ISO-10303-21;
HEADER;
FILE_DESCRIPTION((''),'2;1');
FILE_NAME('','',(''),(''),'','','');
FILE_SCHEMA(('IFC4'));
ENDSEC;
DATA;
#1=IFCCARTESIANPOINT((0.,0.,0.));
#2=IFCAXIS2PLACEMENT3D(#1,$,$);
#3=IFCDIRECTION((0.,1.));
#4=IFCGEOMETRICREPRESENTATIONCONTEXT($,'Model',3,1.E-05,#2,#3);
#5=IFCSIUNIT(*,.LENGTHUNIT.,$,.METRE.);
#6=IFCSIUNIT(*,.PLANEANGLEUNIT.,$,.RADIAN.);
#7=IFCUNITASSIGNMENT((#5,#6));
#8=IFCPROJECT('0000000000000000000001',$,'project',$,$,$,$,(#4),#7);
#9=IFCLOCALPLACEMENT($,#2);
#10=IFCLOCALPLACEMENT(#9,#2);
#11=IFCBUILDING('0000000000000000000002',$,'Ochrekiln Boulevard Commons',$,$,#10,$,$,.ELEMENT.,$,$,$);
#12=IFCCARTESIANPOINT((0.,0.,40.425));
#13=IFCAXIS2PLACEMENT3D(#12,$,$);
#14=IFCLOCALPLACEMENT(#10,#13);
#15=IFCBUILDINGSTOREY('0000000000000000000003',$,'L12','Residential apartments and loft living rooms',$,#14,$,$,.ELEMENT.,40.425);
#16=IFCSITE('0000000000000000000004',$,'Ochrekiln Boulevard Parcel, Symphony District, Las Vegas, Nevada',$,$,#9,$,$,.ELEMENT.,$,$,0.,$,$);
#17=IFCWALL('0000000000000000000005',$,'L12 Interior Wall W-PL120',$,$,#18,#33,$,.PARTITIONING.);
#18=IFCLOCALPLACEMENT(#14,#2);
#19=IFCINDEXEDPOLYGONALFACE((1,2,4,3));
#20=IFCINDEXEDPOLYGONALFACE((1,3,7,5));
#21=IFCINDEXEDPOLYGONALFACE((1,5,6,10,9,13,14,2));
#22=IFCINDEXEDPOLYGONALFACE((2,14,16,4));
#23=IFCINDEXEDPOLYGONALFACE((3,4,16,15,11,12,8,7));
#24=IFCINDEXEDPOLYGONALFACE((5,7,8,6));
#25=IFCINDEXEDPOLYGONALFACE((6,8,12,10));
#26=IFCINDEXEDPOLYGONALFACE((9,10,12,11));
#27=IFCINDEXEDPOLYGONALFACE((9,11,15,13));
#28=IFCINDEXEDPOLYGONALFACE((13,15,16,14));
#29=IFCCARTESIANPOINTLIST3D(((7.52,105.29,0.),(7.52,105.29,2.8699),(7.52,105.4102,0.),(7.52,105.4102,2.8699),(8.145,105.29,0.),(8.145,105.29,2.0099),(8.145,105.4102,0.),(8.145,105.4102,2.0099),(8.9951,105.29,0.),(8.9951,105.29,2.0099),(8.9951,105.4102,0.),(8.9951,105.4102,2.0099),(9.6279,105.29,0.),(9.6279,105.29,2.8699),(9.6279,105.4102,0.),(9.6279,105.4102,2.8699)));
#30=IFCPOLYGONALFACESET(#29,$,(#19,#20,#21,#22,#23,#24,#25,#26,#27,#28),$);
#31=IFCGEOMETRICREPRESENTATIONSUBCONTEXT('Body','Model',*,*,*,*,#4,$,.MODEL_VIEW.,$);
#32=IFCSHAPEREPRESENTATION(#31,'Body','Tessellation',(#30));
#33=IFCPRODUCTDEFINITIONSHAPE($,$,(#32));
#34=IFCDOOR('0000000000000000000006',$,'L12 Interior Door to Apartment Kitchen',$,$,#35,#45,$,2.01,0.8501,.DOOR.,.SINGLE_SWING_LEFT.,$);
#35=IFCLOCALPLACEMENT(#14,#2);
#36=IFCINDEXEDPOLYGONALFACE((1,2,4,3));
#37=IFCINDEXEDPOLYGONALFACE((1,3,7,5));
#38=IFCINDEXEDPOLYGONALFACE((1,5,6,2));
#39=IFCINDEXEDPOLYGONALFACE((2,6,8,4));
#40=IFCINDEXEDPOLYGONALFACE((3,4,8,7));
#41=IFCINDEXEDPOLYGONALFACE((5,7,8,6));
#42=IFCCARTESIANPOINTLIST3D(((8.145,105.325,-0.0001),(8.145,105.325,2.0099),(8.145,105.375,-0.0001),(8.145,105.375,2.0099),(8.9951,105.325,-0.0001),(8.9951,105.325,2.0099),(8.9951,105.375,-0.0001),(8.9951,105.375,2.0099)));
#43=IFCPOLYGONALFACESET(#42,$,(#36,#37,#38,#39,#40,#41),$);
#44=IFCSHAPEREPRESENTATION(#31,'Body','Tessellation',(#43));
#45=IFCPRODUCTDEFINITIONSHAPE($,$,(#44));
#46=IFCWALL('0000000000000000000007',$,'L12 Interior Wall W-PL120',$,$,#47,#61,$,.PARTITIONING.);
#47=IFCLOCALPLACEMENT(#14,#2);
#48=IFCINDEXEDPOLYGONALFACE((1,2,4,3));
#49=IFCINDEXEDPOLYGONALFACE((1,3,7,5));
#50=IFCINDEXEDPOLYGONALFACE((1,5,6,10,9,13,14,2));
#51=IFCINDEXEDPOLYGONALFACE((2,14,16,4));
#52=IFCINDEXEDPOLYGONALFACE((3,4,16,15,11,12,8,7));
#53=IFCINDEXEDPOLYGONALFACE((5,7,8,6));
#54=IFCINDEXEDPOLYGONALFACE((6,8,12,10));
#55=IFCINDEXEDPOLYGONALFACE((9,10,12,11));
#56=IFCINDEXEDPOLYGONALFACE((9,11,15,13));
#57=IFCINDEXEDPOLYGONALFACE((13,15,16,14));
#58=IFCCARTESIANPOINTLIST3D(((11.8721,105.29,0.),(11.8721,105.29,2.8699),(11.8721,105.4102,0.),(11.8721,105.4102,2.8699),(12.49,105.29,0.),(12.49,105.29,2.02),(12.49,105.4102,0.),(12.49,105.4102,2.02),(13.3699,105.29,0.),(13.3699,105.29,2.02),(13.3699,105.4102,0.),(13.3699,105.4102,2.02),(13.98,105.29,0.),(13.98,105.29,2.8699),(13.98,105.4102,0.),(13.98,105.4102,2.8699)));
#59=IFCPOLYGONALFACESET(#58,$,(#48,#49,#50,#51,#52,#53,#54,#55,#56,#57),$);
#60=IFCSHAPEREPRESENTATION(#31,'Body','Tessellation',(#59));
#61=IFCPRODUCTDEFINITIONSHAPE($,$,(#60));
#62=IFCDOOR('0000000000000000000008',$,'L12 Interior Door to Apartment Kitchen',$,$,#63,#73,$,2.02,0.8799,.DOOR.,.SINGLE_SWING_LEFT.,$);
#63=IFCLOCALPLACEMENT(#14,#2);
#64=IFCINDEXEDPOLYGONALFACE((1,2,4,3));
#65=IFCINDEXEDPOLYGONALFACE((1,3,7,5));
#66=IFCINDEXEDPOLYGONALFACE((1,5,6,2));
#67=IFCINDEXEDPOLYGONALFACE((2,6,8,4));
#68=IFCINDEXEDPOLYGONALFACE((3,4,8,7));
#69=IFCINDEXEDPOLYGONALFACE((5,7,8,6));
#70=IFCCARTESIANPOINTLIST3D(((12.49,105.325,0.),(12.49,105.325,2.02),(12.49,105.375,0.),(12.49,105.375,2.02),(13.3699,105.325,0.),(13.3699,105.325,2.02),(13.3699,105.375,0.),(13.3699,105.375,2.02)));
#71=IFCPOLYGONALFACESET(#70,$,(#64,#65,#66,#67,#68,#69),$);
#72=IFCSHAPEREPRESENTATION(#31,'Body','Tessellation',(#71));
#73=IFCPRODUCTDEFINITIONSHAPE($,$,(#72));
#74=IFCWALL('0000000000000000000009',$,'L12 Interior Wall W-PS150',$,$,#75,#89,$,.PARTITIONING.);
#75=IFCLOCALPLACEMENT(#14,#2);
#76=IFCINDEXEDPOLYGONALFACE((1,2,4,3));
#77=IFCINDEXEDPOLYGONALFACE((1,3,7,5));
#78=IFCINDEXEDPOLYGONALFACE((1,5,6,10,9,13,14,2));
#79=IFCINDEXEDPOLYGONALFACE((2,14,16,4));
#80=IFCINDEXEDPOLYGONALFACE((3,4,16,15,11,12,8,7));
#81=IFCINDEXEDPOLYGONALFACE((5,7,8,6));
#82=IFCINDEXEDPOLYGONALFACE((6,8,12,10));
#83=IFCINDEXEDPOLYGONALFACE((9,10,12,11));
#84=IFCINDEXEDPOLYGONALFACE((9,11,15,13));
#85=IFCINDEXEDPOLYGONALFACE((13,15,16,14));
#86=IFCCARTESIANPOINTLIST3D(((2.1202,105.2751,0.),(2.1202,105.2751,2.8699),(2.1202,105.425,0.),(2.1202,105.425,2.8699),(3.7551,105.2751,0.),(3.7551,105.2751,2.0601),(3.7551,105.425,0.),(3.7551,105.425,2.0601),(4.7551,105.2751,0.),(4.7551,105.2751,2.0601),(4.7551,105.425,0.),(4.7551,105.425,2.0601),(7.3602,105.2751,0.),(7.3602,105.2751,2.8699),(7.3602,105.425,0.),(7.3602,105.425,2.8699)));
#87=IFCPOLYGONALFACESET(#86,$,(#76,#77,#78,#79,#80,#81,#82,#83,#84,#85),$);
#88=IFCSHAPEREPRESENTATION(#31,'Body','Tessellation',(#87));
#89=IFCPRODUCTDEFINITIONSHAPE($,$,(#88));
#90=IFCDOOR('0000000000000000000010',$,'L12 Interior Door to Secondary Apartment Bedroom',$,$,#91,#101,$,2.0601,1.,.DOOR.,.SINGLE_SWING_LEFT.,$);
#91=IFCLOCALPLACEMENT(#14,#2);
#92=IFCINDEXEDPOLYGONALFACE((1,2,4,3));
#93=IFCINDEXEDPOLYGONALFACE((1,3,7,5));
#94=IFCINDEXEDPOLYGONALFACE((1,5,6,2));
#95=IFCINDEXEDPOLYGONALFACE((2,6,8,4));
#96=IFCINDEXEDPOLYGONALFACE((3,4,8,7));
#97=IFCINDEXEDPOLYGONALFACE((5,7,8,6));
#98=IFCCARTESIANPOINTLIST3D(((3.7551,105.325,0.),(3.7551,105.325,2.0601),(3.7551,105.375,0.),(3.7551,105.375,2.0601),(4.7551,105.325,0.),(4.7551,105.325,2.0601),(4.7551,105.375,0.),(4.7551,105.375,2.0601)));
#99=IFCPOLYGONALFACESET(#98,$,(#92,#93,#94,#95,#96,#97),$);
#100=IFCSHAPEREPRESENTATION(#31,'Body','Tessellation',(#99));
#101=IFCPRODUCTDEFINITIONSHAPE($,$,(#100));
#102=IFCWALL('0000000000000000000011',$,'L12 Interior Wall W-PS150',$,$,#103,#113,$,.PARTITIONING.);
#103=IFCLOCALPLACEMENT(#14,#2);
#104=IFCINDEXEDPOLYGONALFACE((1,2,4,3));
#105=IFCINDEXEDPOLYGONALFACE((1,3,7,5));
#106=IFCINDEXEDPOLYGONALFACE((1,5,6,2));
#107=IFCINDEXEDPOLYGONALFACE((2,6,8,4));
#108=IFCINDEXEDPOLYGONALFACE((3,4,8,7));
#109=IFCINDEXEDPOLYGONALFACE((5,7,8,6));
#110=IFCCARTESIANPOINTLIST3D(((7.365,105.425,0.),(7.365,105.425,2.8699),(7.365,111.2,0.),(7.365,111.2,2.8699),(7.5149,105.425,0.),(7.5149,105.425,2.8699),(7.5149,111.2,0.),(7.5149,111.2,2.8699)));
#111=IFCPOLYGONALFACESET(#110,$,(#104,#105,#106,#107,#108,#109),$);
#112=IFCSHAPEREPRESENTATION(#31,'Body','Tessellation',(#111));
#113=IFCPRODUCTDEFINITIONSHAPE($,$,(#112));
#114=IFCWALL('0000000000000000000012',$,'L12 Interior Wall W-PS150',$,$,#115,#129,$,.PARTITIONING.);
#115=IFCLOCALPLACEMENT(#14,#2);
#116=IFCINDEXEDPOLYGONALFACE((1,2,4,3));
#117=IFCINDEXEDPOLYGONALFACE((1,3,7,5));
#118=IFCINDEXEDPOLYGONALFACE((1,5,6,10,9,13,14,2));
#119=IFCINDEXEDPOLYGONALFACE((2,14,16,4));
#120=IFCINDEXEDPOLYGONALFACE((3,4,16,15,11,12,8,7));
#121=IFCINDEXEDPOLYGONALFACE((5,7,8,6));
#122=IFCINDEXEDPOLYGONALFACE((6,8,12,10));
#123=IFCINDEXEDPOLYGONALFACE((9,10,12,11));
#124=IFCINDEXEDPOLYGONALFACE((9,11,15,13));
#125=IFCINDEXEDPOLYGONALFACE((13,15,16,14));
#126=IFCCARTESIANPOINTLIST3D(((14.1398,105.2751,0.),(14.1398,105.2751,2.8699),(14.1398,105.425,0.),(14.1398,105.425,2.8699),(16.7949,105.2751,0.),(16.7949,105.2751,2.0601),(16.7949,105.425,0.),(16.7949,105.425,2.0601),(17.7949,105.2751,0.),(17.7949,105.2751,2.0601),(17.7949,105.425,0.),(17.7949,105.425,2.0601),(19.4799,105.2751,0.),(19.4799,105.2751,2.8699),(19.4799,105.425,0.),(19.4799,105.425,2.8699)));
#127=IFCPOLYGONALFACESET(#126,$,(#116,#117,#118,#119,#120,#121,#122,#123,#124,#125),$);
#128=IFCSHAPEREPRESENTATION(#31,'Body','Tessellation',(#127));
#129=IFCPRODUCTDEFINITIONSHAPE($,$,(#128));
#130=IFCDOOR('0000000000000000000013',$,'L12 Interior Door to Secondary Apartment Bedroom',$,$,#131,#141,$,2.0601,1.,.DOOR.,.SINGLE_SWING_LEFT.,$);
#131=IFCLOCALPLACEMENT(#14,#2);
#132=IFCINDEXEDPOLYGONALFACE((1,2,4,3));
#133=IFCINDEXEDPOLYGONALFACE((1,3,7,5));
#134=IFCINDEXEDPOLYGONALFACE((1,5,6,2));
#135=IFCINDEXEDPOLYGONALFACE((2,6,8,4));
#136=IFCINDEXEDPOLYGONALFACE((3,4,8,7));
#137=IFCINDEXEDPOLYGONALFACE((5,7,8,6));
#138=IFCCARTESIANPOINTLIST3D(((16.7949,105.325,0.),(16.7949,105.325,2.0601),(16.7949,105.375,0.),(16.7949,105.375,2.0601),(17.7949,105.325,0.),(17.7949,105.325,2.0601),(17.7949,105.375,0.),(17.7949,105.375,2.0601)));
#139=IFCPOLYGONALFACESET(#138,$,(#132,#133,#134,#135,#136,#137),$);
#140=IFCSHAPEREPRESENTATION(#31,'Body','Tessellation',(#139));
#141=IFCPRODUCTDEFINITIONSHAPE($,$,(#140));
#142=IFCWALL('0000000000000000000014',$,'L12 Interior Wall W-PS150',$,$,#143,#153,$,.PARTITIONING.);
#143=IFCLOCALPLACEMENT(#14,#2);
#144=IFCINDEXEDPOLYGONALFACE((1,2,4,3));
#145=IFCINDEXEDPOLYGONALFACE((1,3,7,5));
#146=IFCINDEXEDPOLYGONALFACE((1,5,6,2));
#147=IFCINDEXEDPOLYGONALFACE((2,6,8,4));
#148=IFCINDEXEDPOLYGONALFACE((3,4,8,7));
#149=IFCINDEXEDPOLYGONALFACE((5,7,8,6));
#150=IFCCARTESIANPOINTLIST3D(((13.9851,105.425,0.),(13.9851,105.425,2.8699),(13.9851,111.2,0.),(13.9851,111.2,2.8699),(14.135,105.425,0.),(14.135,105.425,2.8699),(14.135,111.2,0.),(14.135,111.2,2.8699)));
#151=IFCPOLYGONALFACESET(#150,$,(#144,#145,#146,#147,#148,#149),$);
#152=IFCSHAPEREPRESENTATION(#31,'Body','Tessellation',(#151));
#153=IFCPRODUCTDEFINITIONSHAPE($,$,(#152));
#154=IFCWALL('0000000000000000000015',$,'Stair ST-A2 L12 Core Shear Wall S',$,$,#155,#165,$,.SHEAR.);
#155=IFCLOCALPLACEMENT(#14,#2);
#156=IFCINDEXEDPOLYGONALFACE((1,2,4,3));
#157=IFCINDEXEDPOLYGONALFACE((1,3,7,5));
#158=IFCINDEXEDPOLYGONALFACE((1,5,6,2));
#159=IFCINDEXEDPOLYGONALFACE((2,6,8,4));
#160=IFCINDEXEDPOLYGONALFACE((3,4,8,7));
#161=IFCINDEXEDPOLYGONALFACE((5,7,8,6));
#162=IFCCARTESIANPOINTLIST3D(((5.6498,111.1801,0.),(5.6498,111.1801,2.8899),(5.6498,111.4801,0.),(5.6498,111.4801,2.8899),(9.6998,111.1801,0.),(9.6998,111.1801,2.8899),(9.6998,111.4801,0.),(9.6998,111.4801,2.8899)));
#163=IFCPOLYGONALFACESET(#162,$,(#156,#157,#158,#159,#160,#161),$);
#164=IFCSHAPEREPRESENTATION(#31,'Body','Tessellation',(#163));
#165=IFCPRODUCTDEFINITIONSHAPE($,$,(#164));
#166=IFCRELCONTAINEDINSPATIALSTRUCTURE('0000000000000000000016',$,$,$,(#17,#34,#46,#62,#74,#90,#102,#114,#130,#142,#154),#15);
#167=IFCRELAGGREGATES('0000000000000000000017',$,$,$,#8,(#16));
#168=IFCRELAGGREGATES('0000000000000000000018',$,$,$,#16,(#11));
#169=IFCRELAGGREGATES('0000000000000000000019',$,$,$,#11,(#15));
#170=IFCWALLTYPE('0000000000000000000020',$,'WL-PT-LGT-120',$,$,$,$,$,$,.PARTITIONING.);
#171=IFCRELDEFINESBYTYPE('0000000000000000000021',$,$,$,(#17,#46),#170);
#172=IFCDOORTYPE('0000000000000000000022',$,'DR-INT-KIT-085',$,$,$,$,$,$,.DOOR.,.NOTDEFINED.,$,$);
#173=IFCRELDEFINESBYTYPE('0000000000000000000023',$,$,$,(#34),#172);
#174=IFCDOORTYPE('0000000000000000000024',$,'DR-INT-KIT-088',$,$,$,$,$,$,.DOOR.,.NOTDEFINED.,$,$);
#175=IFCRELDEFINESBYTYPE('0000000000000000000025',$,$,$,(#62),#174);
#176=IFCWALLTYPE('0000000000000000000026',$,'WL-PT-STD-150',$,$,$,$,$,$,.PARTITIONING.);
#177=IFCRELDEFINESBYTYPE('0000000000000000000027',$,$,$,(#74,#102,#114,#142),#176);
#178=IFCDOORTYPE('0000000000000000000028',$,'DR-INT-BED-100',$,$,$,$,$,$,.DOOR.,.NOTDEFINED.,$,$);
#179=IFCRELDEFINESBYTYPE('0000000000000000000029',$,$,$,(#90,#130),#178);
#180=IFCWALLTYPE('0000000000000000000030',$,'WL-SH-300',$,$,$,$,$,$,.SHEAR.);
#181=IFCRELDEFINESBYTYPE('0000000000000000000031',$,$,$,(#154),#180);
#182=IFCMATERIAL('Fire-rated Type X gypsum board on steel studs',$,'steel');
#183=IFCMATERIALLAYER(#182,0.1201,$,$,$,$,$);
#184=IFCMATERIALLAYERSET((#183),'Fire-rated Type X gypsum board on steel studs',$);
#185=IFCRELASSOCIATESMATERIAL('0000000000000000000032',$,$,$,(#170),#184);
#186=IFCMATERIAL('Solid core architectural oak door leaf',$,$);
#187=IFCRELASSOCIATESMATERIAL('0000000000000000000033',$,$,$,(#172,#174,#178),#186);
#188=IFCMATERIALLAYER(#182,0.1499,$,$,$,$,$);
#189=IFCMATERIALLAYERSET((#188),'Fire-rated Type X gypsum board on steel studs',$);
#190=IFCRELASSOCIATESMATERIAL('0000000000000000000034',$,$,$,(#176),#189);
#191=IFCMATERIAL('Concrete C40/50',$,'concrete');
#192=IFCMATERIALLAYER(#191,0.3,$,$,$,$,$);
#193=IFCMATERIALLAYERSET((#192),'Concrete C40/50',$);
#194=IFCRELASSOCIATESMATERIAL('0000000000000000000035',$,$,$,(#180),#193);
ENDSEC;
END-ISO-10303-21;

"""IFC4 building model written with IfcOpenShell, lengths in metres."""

from ifc_helpers import new_model, si_unit, direction, frame, frame_2d, origin, place, context, subcontext, project, spatial, rectangle, extrude, material, layer, layer_set, type_object, element, fill, save


model = new_model("IFC4")

# Units and contexts
model_context = context("Model", 3, precision=1e-05, world=origin(), true_north=direction((0.0, 1.0)))
body_context = subcontext(model_context, "Body", "Model", "MODEL_VIEW")
ifc_project = project(units=[si_unit("LENGTHUNIT", "METRE"), si_unit("PLANEANGLEUNIT", "RADIAN")], contexts=[model_context])

# Site, building, storey
site_placement = place(None, origin())
site = spatial("IfcSite", under=ifc_project, at=site_placement, Name="Ochrekiln Boulevard Parcel, Symphony District, Las Vegas, Nevada", CompositionType="ELEMENT", RefElevation=0.0)
building_placement = place(site_placement, origin())
building = spatial("IfcBuilding", under=site, at=building_placement, Name="Ochrekiln Boulevard Commons", CompositionType="ELEMENT")
storey_placement = place(building_placement, frame((0.0, 0.0, 40.425)))
storey = spatial("IfcBuildingStorey", under=building, at=storey_placement, Name="L12", Description="Residential apartments and loft living rooms", CompositionType="ELEMENT", Elevation=40.425)

# Shared definitions
ifc_material_1 = material(Name="Concrete C40/50", Category="concrete")

# Shared definitions
ifc_material_2 = material(Name="Fire-rated Type X gypsum board on steel studs", Category="steel")

# Walls, openings, doors
ifc_layer_1 = layer(ifc_material_2, 0.1201)
ifc_layer_set_1 = layer_set([ifc_layer_1], Name="Fire-rated Type X gypsum board on steel studs")
wall_type_1 = type_object("IfcWallType", Name="WL-PT-LGT-120", PredefinedType="PARTITIONING", material=ifc_layer_set_1)
wall_1_placement = place(storey_placement, frame((7.52, 105.3501, 0.0), z_axis=(0.0, 0.0, 1.0), x_axis=(1.0, 0.0, 0.0)))
wall_1 = element("IfcWall", 1, at=wall_1_placement, inside=storey, type_object=wall_type_1, Name="L12 Interior Wall W-PL120", PredefinedType="PARTITIONING", context=body_context, shape_type="SweptSolid", body=[
    extrude(rectangle(XDim=2.1079, YDim=0.1201, at=frame_2d((1.054, 0.0))), origin(), (0.0, 0.0, 1.0), 2.8699),
])
opening_1_placement = place(wall_1_placement, frame((0.625, 0.0, 0.0)))
opening_1 = element("IfcOpeningElement", 2, at=opening_1_placement, cuts=wall_1, PredefinedType="OPENING", context=body_context, shape_type="SweptSolid", body=[
    extrude(rectangle(XDim=0.8501, YDim=2.01, at=frame_2d((0.425, 1.0049))), frame((0.0, 0.0701, 0.0), z_axis=(0.0, -1.0, 0.0), x_axis=(1.0, 0.0, 0.0)), (0.0, 0.0, 1.0), 0.1401),
])
ifc_material_3 = material(Name="Solid core architectural oak door leaf")
door_type_1 = type_object("IfcDoorType", Name="DR-INT-KIT-085", OperationType="NOTDEFINED", PredefinedType="DOOR", material=ifc_material_3)
door_1_placement = place(opening_1_placement, origin())
door_1 = element("IfcDoor", 3, at=door_1_placement, inside=storey, type_object=door_type_1, Name="L12 Interior Door to Apartment Kitchen", OperationType="SINGLE_SWING_LEFT", OverallHeight=2.01, OverallWidth=0.8501, PredefinedType="DOOR", context=body_context, shape_type="SweptSolid", body=[
    extrude(rectangle(XDim=0.8501, YDim=2.01, at=frame_2d((0.425, 1.0049))), frame((0.0, 0.0249, 0.0), z_axis=(0.0, -1.0, 0.0), x_axis=(1.0, 0.0, 0.0)), (0.0, 0.0, 1.0), 0.05),
])
fill(opening_1, door_1)
wall_2_placement = place(storey_placement, frame((11.8721, 105.3501, 0.0), z_axis=(0.0, 0.0, 1.0), x_axis=(1.0, 0.0, 0.0)))
wall_2 = element("IfcWall", 4, at=wall_2_placement, inside=storey, type_object=wall_type_1, Name="L12 Interior Wall W-PL120", PredefinedType="PARTITIONING", context=body_context, shape_type="SweptSolid", body=[
    extrude(rectangle(XDim=2.1079, YDim=0.1201, at=frame_2d((1.054, 0.0))), origin(), (0.0, 0.0, 1.0), 2.8699),
])
opening_2_placement = place(wall_2_placement, frame((0.6179, 0.0, 0.0)))
opening_2 = element("IfcOpeningElement", 5, at=opening_2_placement, cuts=wall_2, PredefinedType="OPENING", context=body_context, shape_type="SweptSolid", body=[
    extrude(rectangle(XDim=0.8799, YDim=2.02, at=frame_2d((0.4399, 1.01))), frame((0.0, 0.0701, 0.0), z_axis=(0.0, -1.0, 0.0), x_axis=(1.0, 0.0, 0.0)), (0.0, 0.0, 1.0), 0.1401),
])
door_type_2 = type_object("IfcDoorType", Name="DR-INT-KIT-088", OperationType="NOTDEFINED", PredefinedType="DOOR", material=ifc_material_3)
door_2_placement = place(opening_2_placement, origin())
door_2 = element("IfcDoor", 6, at=door_2_placement, inside=storey, type_object=door_type_2, Name="L12 Interior Door to Apartment Kitchen", OperationType="SINGLE_SWING_LEFT", OverallHeight=2.02, OverallWidth=0.8799, PredefinedType="DOOR", context=body_context, shape_type="SweptSolid", body=[
    extrude(rectangle(XDim=0.8799, YDim=2.02, at=frame_2d((0.4399, 1.01))), frame((0.0, 0.0249, 0.0), z_axis=(0.0, -1.0, 0.0), x_axis=(1.0, 0.0, 0.0)), (0.0, 0.0, 1.0), 0.05),
])
fill(opening_2, door_2)
ifc_layer_2 = layer(ifc_material_2, 0.1499)
ifc_layer_set_2 = layer_set([ifc_layer_2], Name="Fire-rated Type X gypsum board on steel studs")
wall_type_2 = type_object("IfcWallType", Name="WL-PT-STD-150", PredefinedType="PARTITIONING", material=ifc_layer_set_2)
wall_3_placement = place(storey_placement, frame((2.1201, 105.3501, 0.0), z_axis=(0.0, 0.0, 1.0), x_axis=(1.0, 0.0, 0.0)))
wall_3 = element("IfcWall", 7, at=wall_3_placement, inside=storey, type_object=wall_type_2, Name="L12 Interior Wall W-PS150", PredefinedType="PARTITIONING", context=body_context, shape_type="SweptSolid", body=[
    extrude(rectangle(XDim=5.24, YDim=0.1499, at=frame_2d((2.6201, 0.0))), origin(), (0.0, 0.0, 1.0), 2.8699),
])
opening_3_placement = place(wall_3_placement, frame((1.635, 0.0, 0.0)))
opening_3 = element("IfcOpeningElement", 8, at=opening_3_placement, cuts=wall_3, PredefinedType="OPENING", context=body_context, shape_type="SweptSolid", body=[
    extrude(rectangle(XDim=1.0, YDim=2.0601, at=frame_2d((0.5, 1.03))), frame((0.0, 0.085, 0.0), z_axis=(0.0, -1.0, 0.0), x_axis=(1.0, 0.0, 0.0)), (0.0, 0.0, 1.0), 0.1699),
])
door_type_3 = type_object("IfcDoorType", Name="DR-INT-BED-100", OperationType="NOTDEFINED", PredefinedType="DOOR", material=ifc_material_3)
door_3_placement = place(opening_3_placement, origin())
door_3 = element("IfcDoor", 9, at=door_3_placement, inside=storey, type_object=door_type_3, Name="L12 Interior Door to Secondary Apartment Bedroom", OperationType="SINGLE_SWING_LEFT", OverallHeight=2.0601, OverallWidth=1.0, PredefinedType="DOOR", context=body_context, shape_type="SweptSolid", body=[
    extrude(rectangle(XDim=1.0, YDim=2.0601, at=frame_2d((0.5, 1.03))), frame((0.0, 0.0249, 0.0), z_axis=(0.0, -1.0, 0.0), x_axis=(1.0, 0.0, 0.0)), (0.0, 0.0, 1.0), 0.05),
])
fill(opening_3, door_3)

# Wall
wall_4_placement = place(storey_placement, frame((7.4399, 105.425, 0.0), z_axis=(0.0, 0.0, 1.0), x_axis=(0.0, 1.0, 0.0)))
element("IfcWall", 10, at=wall_4_placement, inside=storey, type_object=wall_type_2, Name="L12 Interior Wall W-PS150", PredefinedType="PARTITIONING", context=body_context, shape_type="SweptSolid", body=[
    extrude(rectangle(XDim=5.7749, YDim=0.1499, at=frame_2d((2.8875, 0.0))), origin(), (0.0, 0.0, 1.0), 2.8699),
])

# Wall, opening, door
wall_5_placement = place(storey_placement, frame((14.1399, 105.3501, 0.0), z_axis=(0.0, 0.0, 1.0), x_axis=(1.0, 0.0, 0.0)))
wall_5 = element("IfcWall", 11, at=wall_5_placement, inside=storey, type_object=wall_type_2, Name="L12 Interior Wall W-PS150", PredefinedType="PARTITIONING", context=body_context, shape_type="SweptSolid", body=[
    extrude(rectangle(XDim=5.3401, YDim=0.1499, at=frame_2d((2.6699, 0.0))), origin(), (0.0, 0.0, 1.0), 2.8699),
])
opening_4_placement = place(wall_5_placement, frame((2.655, 0.0, 0.0)))
opening_4 = element("IfcOpeningElement", 12, at=opening_4_placement, cuts=wall_5, PredefinedType="OPENING", context=body_context, shape_type="SweptSolid", body=[
    extrude(rectangle(XDim=1.0, YDim=2.0601, at=frame_2d((0.5, 1.03))), frame((0.0, 0.085, 0.0), z_axis=(0.0, -1.0, 0.0), x_axis=(1.0, 0.0, 0.0)), (0.0, 0.0, 1.0), 0.1699),
])
door_4_placement = place(opening_4_placement, origin())
door_4 = element("IfcDoor", 13, at=door_4_placement, inside=storey, type_object=door_type_3, Name="L12 Interior Door to Secondary Apartment Bedroom", OperationType="SINGLE_SWING_LEFT", OverallHeight=2.0601, OverallWidth=1.0, PredefinedType="DOOR", context=body_context, shape_type="SweptSolid", body=[
    extrude(rectangle(XDim=1.0, YDim=2.0601, at=frame_2d((0.5, 1.03))), frame((0.0, 0.0249, 0.0), z_axis=(0.0, -1.0, 0.0), x_axis=(1.0, 0.0, 0.0)), (0.0, 0.0, 1.0), 0.05),
])
fill(opening_4, door_4)

# Walls
wall_6_placement = place(storey_placement, frame((14.0601, 105.425, 0.0), z_axis=(0.0, 0.0, 1.0), x_axis=(0.0, 1.0, 0.0)))
element("IfcWall", 14, at=wall_6_placement, inside=storey, type_object=wall_type_2, Name="L12 Interior Wall W-PS150", PredefinedType="PARTITIONING", context=body_context, shape_type="SweptSolid", body=[
    extrude(rectangle(XDim=5.7749, YDim=0.1499, at=frame_2d((2.8875, 0.0))), origin(), (0.0, 0.0, 1.0), 2.8699),
])
ifc_layer_3 = layer(ifc_material_1, 0.3)
ifc_layer_set_3 = layer_set([ifc_layer_3], Name="Concrete C40/50")
wall_type_3 = type_object("IfcWallType", Name="WL-SH-300", PredefinedType="SHEAR", material=ifc_layer_set_3)
wall_7_placement = place(storey_placement, frame((5.6499, 111.3301, 0.0), z_axis=(0.0, 0.0, 1.0), x_axis=(1.0, 0.0, 0.0)))
element("IfcWall", 15, at=wall_7_placement, inside=storey, type_object=wall_type_3, Name="Stair ST-A2 L12 Core Shear Wall S", PredefinedType="SHEAR", context=body_context, shape_type="SweptSolid", body=[
    extrude(rectangle(XDim=4.05, YDim=0.3, at=frame_2d((2.0249, 0.0))), origin(), (0.0, 0.0, 1.0), 2.8899),
])

save(model, "model.ifc")
